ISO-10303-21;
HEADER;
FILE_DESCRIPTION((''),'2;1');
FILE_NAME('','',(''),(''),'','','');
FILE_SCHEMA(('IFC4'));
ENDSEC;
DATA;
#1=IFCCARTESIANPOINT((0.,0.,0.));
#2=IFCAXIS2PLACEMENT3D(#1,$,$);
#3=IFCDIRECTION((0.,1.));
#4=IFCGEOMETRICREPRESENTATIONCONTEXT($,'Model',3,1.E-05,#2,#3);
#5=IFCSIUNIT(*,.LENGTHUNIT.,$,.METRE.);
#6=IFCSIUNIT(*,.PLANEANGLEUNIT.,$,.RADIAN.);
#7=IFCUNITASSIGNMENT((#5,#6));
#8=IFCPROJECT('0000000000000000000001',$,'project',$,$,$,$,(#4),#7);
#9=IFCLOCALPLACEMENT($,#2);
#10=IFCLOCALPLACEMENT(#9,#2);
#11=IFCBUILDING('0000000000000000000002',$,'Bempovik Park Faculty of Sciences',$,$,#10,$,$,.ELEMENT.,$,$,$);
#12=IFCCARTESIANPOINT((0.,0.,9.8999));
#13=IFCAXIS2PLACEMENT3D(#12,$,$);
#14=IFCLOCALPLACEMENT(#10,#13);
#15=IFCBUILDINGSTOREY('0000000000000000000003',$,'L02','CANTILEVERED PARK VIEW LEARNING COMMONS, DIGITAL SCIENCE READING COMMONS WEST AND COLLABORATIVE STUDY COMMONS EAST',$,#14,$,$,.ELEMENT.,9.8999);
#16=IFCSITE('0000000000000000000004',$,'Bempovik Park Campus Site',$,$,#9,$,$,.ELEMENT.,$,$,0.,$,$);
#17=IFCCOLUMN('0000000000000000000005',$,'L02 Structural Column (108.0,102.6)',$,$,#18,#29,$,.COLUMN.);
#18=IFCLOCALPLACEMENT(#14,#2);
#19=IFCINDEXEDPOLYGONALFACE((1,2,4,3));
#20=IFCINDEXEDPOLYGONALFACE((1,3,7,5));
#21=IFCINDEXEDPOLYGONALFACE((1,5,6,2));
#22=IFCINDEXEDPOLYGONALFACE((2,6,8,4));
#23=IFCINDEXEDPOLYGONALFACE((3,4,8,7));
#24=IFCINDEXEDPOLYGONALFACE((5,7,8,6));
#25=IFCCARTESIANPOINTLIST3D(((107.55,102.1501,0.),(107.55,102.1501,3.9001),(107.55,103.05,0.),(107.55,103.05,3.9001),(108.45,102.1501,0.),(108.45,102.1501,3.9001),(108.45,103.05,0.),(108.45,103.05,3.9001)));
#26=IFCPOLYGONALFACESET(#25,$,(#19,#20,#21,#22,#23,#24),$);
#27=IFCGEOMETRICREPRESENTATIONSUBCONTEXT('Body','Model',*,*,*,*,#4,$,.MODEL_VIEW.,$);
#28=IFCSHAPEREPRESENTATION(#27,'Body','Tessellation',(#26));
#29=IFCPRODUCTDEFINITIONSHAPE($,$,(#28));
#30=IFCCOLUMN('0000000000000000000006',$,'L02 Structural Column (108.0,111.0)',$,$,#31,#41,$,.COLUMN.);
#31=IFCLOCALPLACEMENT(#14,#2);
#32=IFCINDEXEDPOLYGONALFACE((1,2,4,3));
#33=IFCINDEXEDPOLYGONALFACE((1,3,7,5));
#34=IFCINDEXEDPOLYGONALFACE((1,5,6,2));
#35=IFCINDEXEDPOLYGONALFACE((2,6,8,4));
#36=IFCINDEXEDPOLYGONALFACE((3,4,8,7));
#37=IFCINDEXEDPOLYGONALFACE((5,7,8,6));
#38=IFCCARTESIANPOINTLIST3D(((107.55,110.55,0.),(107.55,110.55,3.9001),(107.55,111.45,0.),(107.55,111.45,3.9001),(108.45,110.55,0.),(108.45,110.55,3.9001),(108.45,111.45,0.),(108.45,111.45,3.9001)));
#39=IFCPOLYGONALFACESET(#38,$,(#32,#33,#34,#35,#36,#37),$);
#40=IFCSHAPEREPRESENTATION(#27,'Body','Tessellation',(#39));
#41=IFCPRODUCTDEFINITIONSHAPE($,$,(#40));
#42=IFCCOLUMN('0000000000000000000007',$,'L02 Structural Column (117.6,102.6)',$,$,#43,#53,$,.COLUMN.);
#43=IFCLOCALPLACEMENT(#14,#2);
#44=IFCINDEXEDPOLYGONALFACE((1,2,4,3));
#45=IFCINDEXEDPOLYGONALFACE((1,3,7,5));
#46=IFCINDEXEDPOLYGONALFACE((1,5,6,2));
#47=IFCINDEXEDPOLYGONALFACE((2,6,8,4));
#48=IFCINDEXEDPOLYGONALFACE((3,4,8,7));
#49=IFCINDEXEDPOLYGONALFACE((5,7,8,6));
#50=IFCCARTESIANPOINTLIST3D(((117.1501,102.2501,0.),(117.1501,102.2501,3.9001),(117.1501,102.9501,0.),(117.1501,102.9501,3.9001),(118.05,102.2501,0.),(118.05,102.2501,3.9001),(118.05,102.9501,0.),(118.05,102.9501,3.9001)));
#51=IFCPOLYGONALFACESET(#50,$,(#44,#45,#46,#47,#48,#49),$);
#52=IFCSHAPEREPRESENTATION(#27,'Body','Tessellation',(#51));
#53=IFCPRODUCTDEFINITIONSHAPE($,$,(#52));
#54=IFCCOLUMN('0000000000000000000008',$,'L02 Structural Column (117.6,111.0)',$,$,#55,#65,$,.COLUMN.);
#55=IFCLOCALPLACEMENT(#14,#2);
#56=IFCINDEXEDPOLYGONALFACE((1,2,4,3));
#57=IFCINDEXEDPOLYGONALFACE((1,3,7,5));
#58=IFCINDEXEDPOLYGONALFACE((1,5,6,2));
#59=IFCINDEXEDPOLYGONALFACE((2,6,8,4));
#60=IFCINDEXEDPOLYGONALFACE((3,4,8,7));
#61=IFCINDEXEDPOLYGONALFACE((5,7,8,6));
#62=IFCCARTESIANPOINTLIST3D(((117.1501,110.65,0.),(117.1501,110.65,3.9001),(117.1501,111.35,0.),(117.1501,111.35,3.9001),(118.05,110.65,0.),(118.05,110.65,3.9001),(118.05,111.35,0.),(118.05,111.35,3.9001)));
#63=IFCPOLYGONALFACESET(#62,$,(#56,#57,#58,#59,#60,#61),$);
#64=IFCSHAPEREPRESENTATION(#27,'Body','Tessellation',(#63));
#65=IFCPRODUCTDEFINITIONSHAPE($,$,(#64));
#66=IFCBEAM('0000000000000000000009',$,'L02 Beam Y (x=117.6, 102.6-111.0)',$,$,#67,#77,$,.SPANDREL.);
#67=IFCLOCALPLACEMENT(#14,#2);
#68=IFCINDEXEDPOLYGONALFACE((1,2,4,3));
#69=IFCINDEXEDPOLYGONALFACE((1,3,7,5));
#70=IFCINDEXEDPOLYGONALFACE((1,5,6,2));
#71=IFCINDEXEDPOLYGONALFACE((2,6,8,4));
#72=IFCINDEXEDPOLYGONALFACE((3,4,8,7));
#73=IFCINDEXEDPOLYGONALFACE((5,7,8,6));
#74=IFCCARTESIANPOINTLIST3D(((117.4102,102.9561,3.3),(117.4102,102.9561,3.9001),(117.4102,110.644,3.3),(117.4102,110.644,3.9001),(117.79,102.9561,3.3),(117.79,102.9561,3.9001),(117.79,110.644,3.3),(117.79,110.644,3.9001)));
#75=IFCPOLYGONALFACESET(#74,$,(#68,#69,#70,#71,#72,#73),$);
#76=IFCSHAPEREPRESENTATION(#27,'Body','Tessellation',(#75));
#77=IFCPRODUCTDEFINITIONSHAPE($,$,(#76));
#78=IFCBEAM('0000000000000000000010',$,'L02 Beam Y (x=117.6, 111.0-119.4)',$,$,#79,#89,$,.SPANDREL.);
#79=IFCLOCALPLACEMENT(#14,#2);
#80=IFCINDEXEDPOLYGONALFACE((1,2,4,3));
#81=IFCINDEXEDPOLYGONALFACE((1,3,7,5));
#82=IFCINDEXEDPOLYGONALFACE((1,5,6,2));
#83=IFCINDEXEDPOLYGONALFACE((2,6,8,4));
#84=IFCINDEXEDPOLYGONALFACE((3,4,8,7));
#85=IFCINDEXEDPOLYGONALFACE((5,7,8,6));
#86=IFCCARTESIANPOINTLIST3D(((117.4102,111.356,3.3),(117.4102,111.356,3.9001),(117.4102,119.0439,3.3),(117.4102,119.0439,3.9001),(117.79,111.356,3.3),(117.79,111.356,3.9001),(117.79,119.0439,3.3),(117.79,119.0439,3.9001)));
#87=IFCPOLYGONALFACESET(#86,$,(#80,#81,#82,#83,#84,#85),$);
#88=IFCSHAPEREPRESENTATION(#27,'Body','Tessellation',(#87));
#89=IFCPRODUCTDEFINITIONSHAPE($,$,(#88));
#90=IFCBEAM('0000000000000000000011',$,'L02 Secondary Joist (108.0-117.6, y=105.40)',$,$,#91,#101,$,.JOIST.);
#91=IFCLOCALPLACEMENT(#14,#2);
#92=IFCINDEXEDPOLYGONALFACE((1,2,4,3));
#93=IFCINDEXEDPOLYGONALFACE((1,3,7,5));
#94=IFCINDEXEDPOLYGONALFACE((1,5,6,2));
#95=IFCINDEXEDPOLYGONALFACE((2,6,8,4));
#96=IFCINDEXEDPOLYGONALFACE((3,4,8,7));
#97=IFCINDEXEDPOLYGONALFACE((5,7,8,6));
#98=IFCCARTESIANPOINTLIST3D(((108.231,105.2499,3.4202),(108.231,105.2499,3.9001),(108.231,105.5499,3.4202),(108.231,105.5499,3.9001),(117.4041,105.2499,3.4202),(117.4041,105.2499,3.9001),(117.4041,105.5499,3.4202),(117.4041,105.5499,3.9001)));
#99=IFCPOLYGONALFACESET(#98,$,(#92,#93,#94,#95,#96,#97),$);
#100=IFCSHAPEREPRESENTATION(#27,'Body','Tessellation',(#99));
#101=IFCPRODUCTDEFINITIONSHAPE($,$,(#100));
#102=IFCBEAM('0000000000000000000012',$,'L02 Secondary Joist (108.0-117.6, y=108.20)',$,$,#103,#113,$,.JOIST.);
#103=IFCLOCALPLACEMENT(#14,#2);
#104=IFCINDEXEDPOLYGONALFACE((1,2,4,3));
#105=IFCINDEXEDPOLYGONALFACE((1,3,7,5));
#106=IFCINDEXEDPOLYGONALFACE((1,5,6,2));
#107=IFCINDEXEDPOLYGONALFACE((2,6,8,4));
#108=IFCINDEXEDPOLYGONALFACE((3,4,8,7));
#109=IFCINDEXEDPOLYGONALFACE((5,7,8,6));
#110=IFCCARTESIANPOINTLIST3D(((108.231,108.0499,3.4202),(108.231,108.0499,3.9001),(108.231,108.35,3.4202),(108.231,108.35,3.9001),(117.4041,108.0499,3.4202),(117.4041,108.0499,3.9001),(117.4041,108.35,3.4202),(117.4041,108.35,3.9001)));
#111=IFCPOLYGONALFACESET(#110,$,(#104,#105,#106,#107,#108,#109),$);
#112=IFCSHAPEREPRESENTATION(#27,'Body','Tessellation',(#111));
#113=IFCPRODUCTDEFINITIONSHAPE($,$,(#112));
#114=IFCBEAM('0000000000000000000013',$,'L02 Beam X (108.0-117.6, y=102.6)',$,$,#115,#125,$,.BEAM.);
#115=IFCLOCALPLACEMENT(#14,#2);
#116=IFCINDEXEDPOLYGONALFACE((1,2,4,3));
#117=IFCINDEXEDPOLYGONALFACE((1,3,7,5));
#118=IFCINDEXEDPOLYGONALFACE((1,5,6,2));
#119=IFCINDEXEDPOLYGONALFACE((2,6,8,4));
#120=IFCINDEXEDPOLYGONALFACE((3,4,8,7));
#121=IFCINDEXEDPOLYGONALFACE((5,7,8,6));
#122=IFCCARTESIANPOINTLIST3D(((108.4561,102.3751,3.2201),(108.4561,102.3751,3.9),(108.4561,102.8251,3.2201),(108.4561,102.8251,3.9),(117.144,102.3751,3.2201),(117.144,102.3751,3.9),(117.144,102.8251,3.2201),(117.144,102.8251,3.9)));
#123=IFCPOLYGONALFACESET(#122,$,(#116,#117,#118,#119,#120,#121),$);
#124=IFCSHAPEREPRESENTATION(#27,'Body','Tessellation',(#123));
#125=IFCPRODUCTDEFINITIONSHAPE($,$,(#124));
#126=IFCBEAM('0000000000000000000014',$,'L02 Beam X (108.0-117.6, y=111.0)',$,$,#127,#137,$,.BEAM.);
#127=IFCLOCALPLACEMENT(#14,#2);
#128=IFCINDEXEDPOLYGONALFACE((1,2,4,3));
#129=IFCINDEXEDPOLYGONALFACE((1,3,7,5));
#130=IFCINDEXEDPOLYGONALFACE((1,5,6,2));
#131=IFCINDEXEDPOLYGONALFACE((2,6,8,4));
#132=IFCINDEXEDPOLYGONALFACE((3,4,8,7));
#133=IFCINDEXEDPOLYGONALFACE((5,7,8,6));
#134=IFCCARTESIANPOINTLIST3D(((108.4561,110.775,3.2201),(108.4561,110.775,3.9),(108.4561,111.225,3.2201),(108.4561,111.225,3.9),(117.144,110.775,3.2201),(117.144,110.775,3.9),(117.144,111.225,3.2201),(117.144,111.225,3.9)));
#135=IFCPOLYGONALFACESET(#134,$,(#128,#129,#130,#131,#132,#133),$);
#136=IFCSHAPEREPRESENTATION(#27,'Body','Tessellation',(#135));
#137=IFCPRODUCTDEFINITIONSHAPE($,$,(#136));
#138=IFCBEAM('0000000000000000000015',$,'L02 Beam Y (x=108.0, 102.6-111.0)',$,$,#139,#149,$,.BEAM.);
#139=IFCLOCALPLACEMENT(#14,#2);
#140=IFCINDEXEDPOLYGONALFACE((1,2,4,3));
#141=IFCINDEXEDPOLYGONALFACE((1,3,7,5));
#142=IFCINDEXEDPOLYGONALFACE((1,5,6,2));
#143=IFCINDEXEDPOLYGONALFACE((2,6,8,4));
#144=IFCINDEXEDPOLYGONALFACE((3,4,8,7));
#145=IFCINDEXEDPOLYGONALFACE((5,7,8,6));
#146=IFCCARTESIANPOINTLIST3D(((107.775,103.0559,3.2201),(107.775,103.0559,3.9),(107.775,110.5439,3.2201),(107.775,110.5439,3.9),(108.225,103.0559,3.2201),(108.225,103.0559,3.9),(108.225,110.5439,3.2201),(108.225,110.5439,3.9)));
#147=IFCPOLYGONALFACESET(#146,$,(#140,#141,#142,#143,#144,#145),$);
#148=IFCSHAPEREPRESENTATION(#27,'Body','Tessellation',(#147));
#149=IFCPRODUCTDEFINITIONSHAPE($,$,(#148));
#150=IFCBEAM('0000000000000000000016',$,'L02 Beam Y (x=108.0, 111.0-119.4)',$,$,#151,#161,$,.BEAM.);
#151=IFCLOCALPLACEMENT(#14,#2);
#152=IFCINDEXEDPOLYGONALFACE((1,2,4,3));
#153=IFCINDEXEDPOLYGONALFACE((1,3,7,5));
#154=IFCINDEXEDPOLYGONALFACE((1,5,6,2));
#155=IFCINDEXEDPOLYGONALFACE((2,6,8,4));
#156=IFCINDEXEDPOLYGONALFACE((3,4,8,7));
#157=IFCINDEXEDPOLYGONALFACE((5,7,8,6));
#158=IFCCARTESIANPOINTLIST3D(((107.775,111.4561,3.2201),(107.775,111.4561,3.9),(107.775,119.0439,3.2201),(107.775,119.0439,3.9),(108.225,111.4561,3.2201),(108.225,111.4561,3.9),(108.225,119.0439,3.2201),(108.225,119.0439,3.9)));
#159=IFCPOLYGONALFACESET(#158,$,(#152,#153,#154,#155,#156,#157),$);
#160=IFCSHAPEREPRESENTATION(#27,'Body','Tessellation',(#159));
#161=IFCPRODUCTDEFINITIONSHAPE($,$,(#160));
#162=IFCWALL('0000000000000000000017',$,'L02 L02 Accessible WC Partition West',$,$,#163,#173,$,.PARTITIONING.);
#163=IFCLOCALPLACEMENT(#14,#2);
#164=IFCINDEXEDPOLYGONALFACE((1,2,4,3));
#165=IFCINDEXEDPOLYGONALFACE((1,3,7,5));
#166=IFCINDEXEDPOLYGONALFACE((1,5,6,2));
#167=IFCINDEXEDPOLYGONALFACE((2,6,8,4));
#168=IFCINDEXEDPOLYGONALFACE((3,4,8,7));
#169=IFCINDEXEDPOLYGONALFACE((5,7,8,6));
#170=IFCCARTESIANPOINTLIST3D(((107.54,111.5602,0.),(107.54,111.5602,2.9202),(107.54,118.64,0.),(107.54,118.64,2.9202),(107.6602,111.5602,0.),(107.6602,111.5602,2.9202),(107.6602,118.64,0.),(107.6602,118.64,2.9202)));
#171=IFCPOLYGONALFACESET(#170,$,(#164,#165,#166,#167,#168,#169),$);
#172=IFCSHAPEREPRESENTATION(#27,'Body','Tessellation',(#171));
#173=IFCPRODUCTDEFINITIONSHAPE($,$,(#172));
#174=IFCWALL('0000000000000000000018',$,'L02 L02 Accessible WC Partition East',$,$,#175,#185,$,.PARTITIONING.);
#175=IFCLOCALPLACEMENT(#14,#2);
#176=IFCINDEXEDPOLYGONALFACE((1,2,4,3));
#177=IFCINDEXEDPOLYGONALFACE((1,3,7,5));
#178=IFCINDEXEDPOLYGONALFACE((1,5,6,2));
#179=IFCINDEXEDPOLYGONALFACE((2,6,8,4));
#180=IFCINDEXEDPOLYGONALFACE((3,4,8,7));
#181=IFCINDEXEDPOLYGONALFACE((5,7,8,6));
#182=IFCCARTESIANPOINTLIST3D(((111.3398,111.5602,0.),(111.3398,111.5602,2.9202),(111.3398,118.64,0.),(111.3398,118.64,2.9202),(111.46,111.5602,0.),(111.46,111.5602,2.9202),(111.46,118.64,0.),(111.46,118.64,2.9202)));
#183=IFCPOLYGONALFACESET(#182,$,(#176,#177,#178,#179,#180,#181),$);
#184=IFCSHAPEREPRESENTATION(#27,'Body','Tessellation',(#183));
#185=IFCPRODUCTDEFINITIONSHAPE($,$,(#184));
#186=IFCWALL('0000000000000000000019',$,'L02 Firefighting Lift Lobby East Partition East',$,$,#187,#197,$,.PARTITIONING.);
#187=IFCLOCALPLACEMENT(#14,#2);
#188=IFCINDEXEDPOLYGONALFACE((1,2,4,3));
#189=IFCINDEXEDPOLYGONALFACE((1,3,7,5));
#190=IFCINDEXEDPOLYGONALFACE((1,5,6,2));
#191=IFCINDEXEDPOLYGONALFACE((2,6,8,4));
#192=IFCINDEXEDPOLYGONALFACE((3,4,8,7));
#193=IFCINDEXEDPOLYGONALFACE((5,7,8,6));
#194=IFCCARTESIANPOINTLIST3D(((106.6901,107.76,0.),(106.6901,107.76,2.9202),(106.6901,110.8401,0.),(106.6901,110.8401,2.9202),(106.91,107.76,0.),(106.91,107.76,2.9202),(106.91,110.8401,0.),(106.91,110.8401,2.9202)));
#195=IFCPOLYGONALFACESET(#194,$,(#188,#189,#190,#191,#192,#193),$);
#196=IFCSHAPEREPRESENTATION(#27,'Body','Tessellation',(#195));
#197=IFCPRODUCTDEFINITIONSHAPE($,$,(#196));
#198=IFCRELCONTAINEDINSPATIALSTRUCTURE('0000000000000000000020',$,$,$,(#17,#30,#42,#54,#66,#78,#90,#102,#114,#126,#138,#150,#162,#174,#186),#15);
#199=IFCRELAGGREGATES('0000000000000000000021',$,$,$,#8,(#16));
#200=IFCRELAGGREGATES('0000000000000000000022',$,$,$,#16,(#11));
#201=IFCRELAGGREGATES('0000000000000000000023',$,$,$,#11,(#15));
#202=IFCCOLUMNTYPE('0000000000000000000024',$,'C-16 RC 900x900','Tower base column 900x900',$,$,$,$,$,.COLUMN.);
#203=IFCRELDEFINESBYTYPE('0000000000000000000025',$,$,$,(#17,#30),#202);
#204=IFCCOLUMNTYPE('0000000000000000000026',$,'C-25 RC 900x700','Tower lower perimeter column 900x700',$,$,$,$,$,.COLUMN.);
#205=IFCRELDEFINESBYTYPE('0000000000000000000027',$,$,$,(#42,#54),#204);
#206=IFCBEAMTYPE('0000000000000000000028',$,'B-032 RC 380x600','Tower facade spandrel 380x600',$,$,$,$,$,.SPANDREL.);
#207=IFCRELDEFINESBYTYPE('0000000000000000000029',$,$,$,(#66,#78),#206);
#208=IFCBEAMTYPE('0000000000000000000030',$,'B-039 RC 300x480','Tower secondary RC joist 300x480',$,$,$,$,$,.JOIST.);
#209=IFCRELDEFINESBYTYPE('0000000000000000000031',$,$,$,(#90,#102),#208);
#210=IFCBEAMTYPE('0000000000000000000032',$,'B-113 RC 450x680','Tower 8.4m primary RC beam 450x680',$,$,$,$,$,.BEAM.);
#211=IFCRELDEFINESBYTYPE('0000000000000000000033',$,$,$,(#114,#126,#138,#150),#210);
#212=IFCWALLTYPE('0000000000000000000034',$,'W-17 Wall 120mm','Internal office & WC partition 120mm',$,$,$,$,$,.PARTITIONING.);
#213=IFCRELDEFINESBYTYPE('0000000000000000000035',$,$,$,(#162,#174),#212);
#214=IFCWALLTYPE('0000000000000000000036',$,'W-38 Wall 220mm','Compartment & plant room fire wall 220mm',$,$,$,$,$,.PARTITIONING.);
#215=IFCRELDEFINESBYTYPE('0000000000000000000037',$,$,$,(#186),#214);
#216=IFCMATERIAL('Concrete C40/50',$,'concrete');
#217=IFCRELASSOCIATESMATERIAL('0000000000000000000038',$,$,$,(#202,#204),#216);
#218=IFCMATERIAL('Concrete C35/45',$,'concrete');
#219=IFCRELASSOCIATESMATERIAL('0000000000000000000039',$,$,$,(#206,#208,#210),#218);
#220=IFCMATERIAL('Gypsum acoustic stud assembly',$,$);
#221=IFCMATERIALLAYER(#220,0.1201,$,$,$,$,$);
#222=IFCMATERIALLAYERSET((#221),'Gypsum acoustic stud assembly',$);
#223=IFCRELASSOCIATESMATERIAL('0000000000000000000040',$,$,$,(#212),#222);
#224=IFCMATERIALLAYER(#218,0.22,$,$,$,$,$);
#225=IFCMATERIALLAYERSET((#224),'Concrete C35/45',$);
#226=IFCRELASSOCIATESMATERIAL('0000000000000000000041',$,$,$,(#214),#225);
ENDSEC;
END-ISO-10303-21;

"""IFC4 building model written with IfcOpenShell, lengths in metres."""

from ifc_helpers import new_model, si_unit, direction, frame, frame_2d, origin, origin_2d, place, context, subcontext, project, spatial, rectangle, extrude, material, layer, layer_set, material_profile, profile_set, type_object, element, save


model = new_model("IFC4")

# Units and contexts
model_context = context("Model", 3, precision=1e-05, world=origin(), true_north=direction((0.0, 1.0)))
body_context = subcontext(model_context, "Body", "Model", "MODEL_VIEW")
ifc_project = project(units=[si_unit("LENGTHUNIT", "METRE"), si_unit("PLANEANGLEUNIT", "RADIAN")], contexts=[model_context])

# Site, building, storey
site_placement = place(None, origin())
site = spatial("IfcSite", under=ifc_project, at=site_placement, Name="Bempovik Park Campus Site", CompositionType="ELEMENT", RefElevation=0.0)
building_placement = place(site_placement, origin())
building = spatial("IfcBuilding", under=site, at=building_placement, Name="Bempovik Park Faculty of Sciences", CompositionType="ELEMENT")
storey_placement = place(building_placement, frame((0.0, 0.0, 9.8999)))
storey = spatial("IfcBuildingStorey", under=building, at=storey_placement, Name="L02", Description="CANTILEVERED PARK VIEW LEARNING COMMONS, DIGITAL SCIENCE READING COMMONS WEST AND COLLABORATIVE STUDY COMMONS EAST", CompositionType="ELEMENT", Elevation=9.8999)

# Columns
ifc_material_1 = material(Name="Concrete C40/50", Category="concrete")
ifc_material_profile_1 = material_profile(ifc_material_1, rectangle(XDim=0.8999, YDim=0.8999, at=origin_2d()), Name="RC 900x900")
ifc_profile_set_1 = profile_set([ifc_material_profile_1], Name="Concrete C40/50")
column_type_1 = type_object("IfcColumnType", Name="C-16 RC 900x900", Description="Tower base column 900x900", PredefinedType="COLUMN", material=ifc_profile_set_1)
for number, where, z_axis, x_axis, name in (
    (1, (108.0, 102.6001, 0.0), (0.0, 0.0, 1.0), (1.0, 0.0, 0.0), "L02 Structural Column (108.0,102.6)"),
    (2, (108.0, 111.0, 0.0), (0.0, 0.0, 1.0), (1.0, 0.0, 0.0), "L02 Structural Column (108.0,111.0)"),
):
    element("IfcColumn", number, at=place(storey_placement, frame(where, z_axis=z_axis, x_axis=x_axis)), inside=storey, type_object=column_type_1, Name=name, PredefinedType="COLUMN", context=body_context, shape_type="SweptSolid", body=[
        extrude(rectangle(XDim=0.8999, YDim=0.8999, at=origin_2d()), origin(), (0.0, 0.0, 1.0), 3.9001),
    ])
ifc_material_profile_2 = material_profile(ifc_material_1, rectangle(XDim=0.8999, YDim=0.7, at=origin_2d()), Name="RC 900x700")
ifc_profile_set_2 = profile_set([ifc_material_profile_2], Name="Concrete C40/50")
column_type_2 = type_object("IfcColumnType", Name="C-25 RC 900x700", Description="Tower lower perimeter column 900x700", PredefinedType="COLUMN", material=ifc_profile_set_2)
for number, where, z_axis, x_axis, name in (
    (3, (117.6001, 102.6001, 0.0), (0.0, 0.0, 1.0), (1.0, 0.0, 0.0), "L02 Structural Column (117.6,102.6)"),
    (4, (117.6001, 111.0, 0.0), (0.0, 0.0, 1.0), (1.0, 0.0, 0.0), "L02 Structural Column (117.6,111.0)"),
):
    element("IfcColumn", number, at=place(storey_placement, frame(where, z_axis=z_axis, x_axis=x_axis)), inside=storey, type_object=column_type_2, Name=name, PredefinedType="COLUMN", context=body_context, shape_type="SweptSolid", body=[
        extrude(rectangle(XDim=0.8999, YDim=0.7, at=origin_2d()), origin(), (0.0, 0.0, 1.0), 3.9001),
    ])

# Beams
ifc_material_2 = material(Name="Concrete C35/45", Category="concrete")
ifc_material_profile_3 = material_profile(ifc_material_2, rectangle(XDim=0.3799, YDim=0.6001, at=origin_2d()), Name="RC 380x600")
ifc_profile_set_3 = profile_set([ifc_material_profile_3], Name="Concrete C35/45")
beam_type_1 = type_object("IfcBeamType", Name="B-032 RC 380x600", Description="Tower facade spandrel 380x600", PredefinedType="SPANDREL", material=ifc_profile_set_3)
for number, where, z_axis, x_axis, name in (
    (5, (117.6001, 102.9561, 3.6001), (0.0, 1.0, 0.0), (-1.0, 0.0, 0.0), "L02 Beam Y (x=117.6, 102.6-111.0)"),
    (6, (117.6001, 111.356, 3.6001), (0.0, 1.0, 0.0), (-1.0, 0.0, 0.0), "L02 Beam Y (x=117.6, 111.0-119.4)"),
):
    element("IfcBeam", number, at=place(storey_placement, frame(where, z_axis=z_axis, x_axis=x_axis)), inside=storey, type_object=beam_type_1, Name=name, PredefinedType="SPANDREL", context=body_context, shape_type="SweptSolid", body=[
        extrude(rectangle(XDim=0.3799, YDim=0.6001, at=origin_2d()), origin(), (0.0, 0.0, 1.0), 7.688),
    ])
ifc_material_profile_4 = material_profile(ifc_material_2, rectangle(XDim=0.3, YDim=0.48, at=origin_2d()), Name="RC 300x480")
ifc_profile_set_4 = profile_set([ifc_material_profile_4], Name="Concrete C35/45")
beam_type_2 = type_object("IfcBeamType", Name="B-039 RC 300x480", Description="Tower secondary RC joist 300x480", PredefinedType="JOIST", material=ifc_profile_set_4)
for number, where, z_axis, x_axis, name in (
    (7, (108.231, 105.3999, 3.6602), (1.0, 0.0, 0.0), (0.0, 1.0, 0.0), "L02 Secondary Joist (108.0-117.6, y=105.40)"),
    (8, (108.231, 108.2, 3.6602), (1.0, 0.0, 0.0), (0.0, 1.0, 0.0), "L02 Secondary Joist (108.0-117.6, y=108.20)"),
):
    element("IfcBeam", number, at=place(storey_placement, frame(where, z_axis=z_axis, x_axis=x_axis)), inside=storey, type_object=beam_type_2, Name=name, PredefinedType="JOIST", context=body_context, shape_type="SweptSolid", body=[
        extrude(rectangle(XDim=0.3, YDim=0.48, at=origin_2d()), origin(), (0.0, 0.0, 1.0), 9.1731),
    ])
ifc_material_profile_5 = material_profile(ifc_material_2, rectangle(XDim=0.45, YDim=0.6799, at=origin_2d()), Name="RC 450x680")
ifc_profile_set_5 = profile_set([ifc_material_profile_5], Name="Concrete C35/45")
beam_type_3 = type_object("IfcBeamType", Name="B-113 RC 450x680", Description="Tower 8.4m primary RC beam 450x680", PredefinedType="BEAM", material=ifc_profile_set_5)
for number, where, z_axis, x_axis, name in (
    (9, (108.4561, 102.6001, 3.5601), (1.0, 0.0, 0.0), (0.0, 1.0, 0.0), "L02 Beam X (108.0-117.6, y=102.6)"),
    (10, (108.4561, 111.0, 3.5601), (1.0, 0.0, 0.0), (0.0, 1.0, 0.0), "L02 Beam X (108.0-117.6, y=111.0)"),
):
    element("IfcBeam", number, at=place(storey_placement, frame(where, z_axis=z_axis, x_axis=x_axis)), inside=storey, type_object=beam_type_3, Name=name, PredefinedType="BEAM", context=body_context, shape_type="SweptSolid", body=[
        extrude(rectangle(XDim=0.45, YDim=0.6799, at=origin_2d()), origin(), (0.0, 0.0, 1.0), 8.688),
    ])
beam_1_placement = place(storey_placement, frame((108.0, 103.0559, 3.5601), z_axis=(0.0, 1.0, 0.0), x_axis=(-1.0, 0.0, 0.0)))
element("IfcBeam", 11, at=beam_1_placement, inside=storey, type_object=beam_type_3, Name="L02 Beam Y (x=108.0, 102.6-111.0)", PredefinedType="BEAM", context=body_context, shape_type="SweptSolid", body=[
    extrude(rectangle(XDim=0.45, YDim=0.6799, at=origin_2d()), origin(), (0.0, 0.0, 1.0), 7.488),
])
beam_2_placement = place(storey_placement, frame((108.0, 111.4561, 3.5601), z_axis=(0.0, 1.0, 0.0), x_axis=(-1.0, 0.0, 0.0)))
element("IfcBeam", 12, at=beam_2_placement, inside=storey, type_object=beam_type_3, Name="L02 Beam Y (x=108.0, 111.0-119.4)", PredefinedType="BEAM", context=body_context, shape_type="SweptSolid", body=[
    extrude(rectangle(XDim=0.45, YDim=0.6799, at=origin_2d()), origin(), (0.0, 0.0, 1.0), 7.5879),
])

# Shared definitions
ifc_material_3 = material(Name="Gypsum acoustic stud assembly")
ifc_layer_1 = layer(ifc_material_3, 0.1201)
ifc_layer_set_1 = layer_set([ifc_layer_1], Name="Gypsum acoustic stud assembly")
wall_type_1 = type_object("IfcWallType", Name="W-17 Wall 120mm", Description="Internal office & WC partition 120mm", PredefinedType="PARTITIONING", material=ifc_layer_set_1)

# Walls
for number, where, z_axis, x_axis, name in (
    (13, (107.6001, 111.5601, 0.0), (0.0, 0.0, 1.0), (0.0, 1.0, 0.0), "L02 L02 Accessible WC Partition West"),
    (14, (111.3999, 111.5601, 0.0), (0.0, 0.0, 1.0), (0.0, 1.0, 0.0), "L02 L02 Accessible WC Partition East"),
):
    element("IfcWall", number, at=place(storey_placement, frame(where, z_axis=z_axis, x_axis=x_axis)), inside=storey, type_object=wall_type_1, Name=name, PredefinedType="PARTITIONING", context=body_context, shape_type="SweptSolid", body=[
        extrude(rectangle(XDim=7.0798, YDim=0.1201, at=frame_2d((3.54, 0.0))), origin(), (0.0, 0.0, 1.0), 2.9202),
    ])
ifc_layer_2 = layer(ifc_material_2, 0.22)
ifc_layer_set_2 = layer_set([ifc_layer_2], Name="Concrete C35/45")
wall_type_2 = type_object("IfcWallType", Name="W-38 Wall 220mm", Description="Compartment & plant room fire wall 220mm", PredefinedType="PARTITIONING", material=ifc_layer_set_2)
wall_1_placement = place(storey_placement, frame((106.8, 107.76, 0.0), z_axis=(0.0, 0.0, 1.0), x_axis=(0.0, 1.0, 0.0)))
element("IfcWall", 15, at=wall_1_placement, inside=storey, type_object=wall_type_2, Name="L02 Firefighting Lift Lobby East Partition East", PredefinedType="PARTITIONING", context=body_context, shape_type="SweptSolid", body=[
    extrude(rectangle(XDim=3.0801, YDim=0.22, at=frame_2d((1.54, 0.0))), origin(), (0.0, 0.0, 1.0), 2.9202),
])

save(model, "model.ifc")
